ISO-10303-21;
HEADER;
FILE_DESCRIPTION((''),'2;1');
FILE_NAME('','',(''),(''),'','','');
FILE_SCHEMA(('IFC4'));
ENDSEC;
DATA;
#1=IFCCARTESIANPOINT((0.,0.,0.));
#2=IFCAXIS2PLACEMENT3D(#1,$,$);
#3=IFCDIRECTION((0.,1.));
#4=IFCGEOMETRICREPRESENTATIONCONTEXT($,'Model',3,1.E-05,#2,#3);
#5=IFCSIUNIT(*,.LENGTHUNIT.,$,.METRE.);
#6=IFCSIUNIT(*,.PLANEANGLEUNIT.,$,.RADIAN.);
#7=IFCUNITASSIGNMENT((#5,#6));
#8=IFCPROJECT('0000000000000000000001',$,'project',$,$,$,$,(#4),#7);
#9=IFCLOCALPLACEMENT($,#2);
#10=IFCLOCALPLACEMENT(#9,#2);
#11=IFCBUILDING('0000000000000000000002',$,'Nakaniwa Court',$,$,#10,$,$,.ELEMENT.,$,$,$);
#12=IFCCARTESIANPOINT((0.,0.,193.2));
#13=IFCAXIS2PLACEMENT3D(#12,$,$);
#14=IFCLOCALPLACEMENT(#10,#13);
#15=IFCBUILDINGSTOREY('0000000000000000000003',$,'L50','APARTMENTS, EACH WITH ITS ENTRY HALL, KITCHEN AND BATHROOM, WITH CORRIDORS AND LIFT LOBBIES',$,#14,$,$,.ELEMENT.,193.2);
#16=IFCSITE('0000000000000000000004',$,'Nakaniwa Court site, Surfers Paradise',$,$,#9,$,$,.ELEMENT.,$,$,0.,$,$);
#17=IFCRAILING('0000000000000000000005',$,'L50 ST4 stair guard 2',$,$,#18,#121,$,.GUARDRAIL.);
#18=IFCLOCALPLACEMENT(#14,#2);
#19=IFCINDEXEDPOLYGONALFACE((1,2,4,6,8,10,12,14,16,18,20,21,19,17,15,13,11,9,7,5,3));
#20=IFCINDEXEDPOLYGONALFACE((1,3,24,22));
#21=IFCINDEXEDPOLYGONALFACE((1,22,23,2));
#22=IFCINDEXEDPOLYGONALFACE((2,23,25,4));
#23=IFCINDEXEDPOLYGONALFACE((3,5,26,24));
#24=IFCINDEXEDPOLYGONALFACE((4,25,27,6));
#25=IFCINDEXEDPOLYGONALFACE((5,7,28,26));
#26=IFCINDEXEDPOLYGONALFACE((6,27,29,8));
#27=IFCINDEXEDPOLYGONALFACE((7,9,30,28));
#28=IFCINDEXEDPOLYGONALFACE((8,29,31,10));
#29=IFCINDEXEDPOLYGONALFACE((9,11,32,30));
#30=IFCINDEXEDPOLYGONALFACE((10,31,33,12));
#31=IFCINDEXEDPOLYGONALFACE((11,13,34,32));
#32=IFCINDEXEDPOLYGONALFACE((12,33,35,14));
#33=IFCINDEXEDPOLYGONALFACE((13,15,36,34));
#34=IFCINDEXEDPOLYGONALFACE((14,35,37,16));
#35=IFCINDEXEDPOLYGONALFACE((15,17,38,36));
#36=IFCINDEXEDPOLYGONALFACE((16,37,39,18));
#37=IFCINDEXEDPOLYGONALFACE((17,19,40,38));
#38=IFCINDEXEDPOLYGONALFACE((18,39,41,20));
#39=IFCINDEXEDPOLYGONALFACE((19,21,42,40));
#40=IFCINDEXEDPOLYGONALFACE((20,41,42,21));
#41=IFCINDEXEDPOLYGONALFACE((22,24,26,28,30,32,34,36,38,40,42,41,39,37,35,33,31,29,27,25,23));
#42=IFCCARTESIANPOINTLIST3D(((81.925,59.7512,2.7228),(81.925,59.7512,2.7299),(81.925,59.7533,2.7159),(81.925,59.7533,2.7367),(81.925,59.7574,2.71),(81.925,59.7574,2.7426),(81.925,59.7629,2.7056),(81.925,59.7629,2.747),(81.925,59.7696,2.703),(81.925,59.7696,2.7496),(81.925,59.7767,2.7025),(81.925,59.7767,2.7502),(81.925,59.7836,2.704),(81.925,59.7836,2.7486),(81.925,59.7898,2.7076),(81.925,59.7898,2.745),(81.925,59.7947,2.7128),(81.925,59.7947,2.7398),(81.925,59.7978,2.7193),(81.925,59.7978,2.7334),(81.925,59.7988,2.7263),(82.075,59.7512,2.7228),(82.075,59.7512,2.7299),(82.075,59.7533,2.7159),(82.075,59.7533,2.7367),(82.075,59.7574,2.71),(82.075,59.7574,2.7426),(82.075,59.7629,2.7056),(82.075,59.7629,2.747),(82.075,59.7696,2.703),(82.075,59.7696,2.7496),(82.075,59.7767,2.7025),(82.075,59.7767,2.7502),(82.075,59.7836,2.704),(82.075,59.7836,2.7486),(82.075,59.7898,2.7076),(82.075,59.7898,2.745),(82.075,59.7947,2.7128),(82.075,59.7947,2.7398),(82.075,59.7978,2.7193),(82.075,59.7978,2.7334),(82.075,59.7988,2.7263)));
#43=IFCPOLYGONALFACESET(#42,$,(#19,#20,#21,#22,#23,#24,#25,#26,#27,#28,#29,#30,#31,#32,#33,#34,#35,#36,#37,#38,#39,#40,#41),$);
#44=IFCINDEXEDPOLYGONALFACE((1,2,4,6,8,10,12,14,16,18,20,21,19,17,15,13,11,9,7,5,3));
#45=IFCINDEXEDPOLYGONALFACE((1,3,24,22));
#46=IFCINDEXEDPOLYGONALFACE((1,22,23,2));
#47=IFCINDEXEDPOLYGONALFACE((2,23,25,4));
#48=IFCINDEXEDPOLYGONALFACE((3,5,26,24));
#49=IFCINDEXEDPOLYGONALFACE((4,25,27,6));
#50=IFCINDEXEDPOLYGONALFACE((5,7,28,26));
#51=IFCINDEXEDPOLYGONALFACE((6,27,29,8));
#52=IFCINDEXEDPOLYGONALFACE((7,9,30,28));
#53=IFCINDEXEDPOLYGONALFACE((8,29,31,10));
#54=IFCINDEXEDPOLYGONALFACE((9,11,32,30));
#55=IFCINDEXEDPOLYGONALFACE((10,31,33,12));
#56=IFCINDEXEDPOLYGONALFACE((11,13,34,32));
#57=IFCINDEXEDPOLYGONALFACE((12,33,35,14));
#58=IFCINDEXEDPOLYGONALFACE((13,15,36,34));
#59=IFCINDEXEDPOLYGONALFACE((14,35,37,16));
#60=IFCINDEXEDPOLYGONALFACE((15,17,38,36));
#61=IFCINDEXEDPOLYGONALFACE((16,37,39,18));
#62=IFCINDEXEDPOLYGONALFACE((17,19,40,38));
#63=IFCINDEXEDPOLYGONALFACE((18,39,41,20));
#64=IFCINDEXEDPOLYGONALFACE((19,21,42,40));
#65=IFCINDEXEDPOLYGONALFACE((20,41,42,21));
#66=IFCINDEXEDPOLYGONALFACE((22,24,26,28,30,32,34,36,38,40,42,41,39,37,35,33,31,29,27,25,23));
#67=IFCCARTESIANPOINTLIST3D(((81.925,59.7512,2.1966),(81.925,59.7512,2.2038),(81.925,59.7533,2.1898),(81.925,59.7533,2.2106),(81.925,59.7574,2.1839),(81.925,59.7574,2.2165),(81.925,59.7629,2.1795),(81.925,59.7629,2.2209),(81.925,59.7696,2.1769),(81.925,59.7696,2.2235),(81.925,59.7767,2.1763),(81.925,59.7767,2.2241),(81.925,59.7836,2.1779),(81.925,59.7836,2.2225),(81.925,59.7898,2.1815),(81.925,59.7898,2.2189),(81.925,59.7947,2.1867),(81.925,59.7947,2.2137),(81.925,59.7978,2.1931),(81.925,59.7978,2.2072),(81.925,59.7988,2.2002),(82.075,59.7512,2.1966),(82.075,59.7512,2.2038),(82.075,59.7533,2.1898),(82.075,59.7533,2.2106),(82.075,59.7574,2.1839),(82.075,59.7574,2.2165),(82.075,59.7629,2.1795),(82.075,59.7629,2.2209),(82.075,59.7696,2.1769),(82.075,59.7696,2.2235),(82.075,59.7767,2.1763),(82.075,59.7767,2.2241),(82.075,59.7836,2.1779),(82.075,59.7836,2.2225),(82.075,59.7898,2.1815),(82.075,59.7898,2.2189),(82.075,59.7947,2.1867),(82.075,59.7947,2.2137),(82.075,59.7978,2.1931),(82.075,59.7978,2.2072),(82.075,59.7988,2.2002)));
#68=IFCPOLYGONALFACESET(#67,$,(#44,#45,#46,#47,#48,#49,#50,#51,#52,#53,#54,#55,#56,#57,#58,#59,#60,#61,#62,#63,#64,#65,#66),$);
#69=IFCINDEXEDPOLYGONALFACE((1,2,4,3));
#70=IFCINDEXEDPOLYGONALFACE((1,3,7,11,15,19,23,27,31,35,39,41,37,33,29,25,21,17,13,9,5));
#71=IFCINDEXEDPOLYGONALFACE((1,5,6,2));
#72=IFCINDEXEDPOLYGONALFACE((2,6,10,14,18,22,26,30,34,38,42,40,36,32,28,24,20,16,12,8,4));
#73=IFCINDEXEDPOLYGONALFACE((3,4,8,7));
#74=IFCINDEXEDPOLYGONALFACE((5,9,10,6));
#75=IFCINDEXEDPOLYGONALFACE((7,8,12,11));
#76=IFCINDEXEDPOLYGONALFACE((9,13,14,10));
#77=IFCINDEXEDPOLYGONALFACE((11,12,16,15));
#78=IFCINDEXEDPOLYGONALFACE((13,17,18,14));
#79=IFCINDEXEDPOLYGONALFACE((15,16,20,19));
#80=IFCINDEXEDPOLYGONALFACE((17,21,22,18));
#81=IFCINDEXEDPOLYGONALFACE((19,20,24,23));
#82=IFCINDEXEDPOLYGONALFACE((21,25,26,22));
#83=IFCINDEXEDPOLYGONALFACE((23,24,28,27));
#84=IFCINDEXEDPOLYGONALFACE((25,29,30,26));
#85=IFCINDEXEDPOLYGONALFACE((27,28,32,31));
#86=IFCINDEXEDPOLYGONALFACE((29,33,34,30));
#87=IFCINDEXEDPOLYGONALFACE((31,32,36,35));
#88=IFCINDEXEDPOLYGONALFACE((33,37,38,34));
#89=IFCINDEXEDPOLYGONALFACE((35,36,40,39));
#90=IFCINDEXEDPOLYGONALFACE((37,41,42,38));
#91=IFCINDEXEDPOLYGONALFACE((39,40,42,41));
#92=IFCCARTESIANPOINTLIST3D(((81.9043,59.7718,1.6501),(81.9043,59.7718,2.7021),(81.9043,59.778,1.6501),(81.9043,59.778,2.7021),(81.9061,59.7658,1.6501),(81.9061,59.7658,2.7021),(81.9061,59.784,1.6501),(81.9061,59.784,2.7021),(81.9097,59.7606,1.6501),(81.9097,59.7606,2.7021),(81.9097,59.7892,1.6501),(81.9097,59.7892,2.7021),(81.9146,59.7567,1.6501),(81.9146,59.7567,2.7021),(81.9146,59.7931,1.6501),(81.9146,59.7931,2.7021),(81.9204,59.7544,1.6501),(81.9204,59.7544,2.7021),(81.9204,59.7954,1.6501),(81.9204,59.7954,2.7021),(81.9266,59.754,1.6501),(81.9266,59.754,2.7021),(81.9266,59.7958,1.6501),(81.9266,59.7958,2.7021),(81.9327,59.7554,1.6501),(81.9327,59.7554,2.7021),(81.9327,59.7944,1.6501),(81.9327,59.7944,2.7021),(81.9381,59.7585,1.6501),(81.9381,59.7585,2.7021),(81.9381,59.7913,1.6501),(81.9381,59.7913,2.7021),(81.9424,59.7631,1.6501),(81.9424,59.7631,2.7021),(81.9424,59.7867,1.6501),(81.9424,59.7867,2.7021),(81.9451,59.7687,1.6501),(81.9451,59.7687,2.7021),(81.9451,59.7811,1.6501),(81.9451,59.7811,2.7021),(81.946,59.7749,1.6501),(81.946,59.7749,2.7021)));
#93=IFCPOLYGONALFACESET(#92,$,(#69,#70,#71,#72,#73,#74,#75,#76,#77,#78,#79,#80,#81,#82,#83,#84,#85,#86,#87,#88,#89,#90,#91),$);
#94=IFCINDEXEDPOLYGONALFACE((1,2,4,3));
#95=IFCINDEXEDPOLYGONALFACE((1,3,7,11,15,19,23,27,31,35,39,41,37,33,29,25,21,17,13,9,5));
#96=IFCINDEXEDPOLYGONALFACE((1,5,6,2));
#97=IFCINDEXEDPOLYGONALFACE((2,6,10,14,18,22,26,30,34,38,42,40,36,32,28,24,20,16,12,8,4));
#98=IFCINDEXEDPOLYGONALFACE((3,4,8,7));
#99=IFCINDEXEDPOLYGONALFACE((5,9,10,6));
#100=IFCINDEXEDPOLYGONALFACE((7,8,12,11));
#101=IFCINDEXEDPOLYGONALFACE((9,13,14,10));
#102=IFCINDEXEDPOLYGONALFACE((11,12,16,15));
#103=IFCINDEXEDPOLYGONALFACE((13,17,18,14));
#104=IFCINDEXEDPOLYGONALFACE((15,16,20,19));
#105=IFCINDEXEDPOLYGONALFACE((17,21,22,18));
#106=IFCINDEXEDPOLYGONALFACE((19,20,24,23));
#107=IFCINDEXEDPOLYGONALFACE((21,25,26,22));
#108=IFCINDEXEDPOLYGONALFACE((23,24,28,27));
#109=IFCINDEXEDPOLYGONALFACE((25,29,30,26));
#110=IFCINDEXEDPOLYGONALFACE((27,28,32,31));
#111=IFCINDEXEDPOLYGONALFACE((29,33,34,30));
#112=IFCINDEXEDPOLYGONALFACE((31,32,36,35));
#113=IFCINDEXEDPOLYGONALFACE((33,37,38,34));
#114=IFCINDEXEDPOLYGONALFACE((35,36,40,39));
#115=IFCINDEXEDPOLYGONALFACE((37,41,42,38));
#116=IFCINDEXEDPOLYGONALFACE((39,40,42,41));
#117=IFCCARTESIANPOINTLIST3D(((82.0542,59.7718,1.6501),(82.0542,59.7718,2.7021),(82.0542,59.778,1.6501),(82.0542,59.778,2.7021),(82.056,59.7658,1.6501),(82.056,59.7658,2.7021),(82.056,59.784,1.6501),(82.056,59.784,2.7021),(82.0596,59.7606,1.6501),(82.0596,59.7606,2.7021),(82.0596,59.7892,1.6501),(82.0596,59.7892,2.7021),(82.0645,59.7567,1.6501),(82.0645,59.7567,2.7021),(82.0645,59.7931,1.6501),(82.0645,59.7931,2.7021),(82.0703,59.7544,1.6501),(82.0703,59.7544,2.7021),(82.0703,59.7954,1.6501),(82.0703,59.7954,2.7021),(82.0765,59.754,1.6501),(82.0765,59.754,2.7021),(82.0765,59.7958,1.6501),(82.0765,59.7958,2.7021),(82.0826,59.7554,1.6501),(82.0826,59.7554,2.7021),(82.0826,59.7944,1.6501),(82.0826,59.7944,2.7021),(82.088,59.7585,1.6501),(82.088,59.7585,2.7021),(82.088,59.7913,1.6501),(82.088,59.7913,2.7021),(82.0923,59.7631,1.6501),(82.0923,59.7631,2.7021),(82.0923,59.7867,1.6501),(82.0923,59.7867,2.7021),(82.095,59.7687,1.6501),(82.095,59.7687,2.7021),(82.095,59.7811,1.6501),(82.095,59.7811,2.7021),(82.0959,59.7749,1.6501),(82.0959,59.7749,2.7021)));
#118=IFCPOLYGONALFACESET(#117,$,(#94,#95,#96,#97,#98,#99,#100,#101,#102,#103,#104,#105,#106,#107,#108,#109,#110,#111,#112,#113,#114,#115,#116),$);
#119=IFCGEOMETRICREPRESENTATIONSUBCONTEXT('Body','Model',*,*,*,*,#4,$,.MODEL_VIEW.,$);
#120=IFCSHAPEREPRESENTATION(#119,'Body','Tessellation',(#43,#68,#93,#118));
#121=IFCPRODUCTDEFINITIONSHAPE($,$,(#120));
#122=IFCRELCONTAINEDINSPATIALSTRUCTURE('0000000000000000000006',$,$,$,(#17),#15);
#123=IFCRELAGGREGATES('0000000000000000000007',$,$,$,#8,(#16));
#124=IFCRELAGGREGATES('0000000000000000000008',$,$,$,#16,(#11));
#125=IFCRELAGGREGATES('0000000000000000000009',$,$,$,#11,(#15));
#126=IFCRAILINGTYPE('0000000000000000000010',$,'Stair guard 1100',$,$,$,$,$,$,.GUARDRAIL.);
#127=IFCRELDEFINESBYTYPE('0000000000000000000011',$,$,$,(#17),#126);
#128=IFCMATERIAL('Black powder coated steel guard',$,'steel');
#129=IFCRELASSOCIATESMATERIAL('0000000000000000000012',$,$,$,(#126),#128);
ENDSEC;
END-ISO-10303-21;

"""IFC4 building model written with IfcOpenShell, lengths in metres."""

from ifc_helpers import new_model, si_unit, direction, frame, origin, origin_2d, place, context, subcontext, project, spatial, circle, extrude, material, type_object, element, save


model = new_model("IFC4")

# Units and contexts
model_context = context("Model", 3, precision=1e-05, world=origin(), true_north=direction((0.0, 1.0)))
body_context = subcontext(model_context, "Body", "Model", "MODEL_VIEW")
ifc_project = project(units=[si_unit("LENGTHUNIT", "METRE"), si_unit("PLANEANGLEUNIT", "RADIAN")], contexts=[model_context])

# Site, building, storey
site_placement = place(None, origin())
site = spatial("IfcSite", under=ifc_project, at=site_placement, Name="Nakaniwa Court site, Surfers Paradise", CompositionType="ELEMENT", RefElevation=0.0)
building_placement = place(site_placement, origin())
building = spatial("IfcBuilding", under=site, at=building_placement, Name="Nakaniwa Court", CompositionType="ELEMENT")
storey_placement = place(building_placement, frame((0.0, 0.0, 193.2)))
storey = spatial("IfcBuildingStorey", under=building, at=storey_placement, Name="L50", Description="APARTMENTS, EACH WITH ITS ENTRY HALL, KITCHEN AND BATHROOM, WITH CORRIDORS AND LIFT LOBBIES", CompositionType="ELEMENT", Elevation=193.2)

# Railing
ifc_material_1 = material(Name="Black powder coated steel guard", Category="steel")
railing_type_1 = type_object("IfcRailingType", Name="Stair guard 1100", PredefinedType="GUARDRAIL", material=ifc_material_1)
railing_1_placement = place(storey_placement, frame((81.925, 59.7749, 1.6501)))
element("IfcRailing", 1, at=railing_1_placement, inside=storey, type_object=railing_type_1, Name="L50 ST4 stair guard 2", PredefinedType="GUARDRAIL", context=body_context, shape_type="SweptSolid", body=[
    extrude(circle(Radius=0.0239, at=origin_2d()), frame((0.0, 0.0, 1.0762), z_axis=(1.0, 0.0, 0.0), x_axis=(0.0, 1.0, 0.0)), (0.0, 0.0, 1.0), 0.1499),
    extrude(circle(Radius=0.0239, at=origin_2d()), frame((0.0, 0.0, 0.55), z_axis=(1.0, 0.0, 0.0), x_axis=(0.0, 1.0, 0.0)), (0.0, 0.0, 1.0), 0.1499),
    extrude(circle(Radius=0.021, at=origin_2d()), origin(), (0.0, 0.0, 1.0), 1.052),
    extrude(circle(Radius=0.021, at=origin_2d()), frame((0.1499, 0.0, 0.0)), (0.0, 0.0, 1.0), 1.052),
])

save(model, "model.ifc")
